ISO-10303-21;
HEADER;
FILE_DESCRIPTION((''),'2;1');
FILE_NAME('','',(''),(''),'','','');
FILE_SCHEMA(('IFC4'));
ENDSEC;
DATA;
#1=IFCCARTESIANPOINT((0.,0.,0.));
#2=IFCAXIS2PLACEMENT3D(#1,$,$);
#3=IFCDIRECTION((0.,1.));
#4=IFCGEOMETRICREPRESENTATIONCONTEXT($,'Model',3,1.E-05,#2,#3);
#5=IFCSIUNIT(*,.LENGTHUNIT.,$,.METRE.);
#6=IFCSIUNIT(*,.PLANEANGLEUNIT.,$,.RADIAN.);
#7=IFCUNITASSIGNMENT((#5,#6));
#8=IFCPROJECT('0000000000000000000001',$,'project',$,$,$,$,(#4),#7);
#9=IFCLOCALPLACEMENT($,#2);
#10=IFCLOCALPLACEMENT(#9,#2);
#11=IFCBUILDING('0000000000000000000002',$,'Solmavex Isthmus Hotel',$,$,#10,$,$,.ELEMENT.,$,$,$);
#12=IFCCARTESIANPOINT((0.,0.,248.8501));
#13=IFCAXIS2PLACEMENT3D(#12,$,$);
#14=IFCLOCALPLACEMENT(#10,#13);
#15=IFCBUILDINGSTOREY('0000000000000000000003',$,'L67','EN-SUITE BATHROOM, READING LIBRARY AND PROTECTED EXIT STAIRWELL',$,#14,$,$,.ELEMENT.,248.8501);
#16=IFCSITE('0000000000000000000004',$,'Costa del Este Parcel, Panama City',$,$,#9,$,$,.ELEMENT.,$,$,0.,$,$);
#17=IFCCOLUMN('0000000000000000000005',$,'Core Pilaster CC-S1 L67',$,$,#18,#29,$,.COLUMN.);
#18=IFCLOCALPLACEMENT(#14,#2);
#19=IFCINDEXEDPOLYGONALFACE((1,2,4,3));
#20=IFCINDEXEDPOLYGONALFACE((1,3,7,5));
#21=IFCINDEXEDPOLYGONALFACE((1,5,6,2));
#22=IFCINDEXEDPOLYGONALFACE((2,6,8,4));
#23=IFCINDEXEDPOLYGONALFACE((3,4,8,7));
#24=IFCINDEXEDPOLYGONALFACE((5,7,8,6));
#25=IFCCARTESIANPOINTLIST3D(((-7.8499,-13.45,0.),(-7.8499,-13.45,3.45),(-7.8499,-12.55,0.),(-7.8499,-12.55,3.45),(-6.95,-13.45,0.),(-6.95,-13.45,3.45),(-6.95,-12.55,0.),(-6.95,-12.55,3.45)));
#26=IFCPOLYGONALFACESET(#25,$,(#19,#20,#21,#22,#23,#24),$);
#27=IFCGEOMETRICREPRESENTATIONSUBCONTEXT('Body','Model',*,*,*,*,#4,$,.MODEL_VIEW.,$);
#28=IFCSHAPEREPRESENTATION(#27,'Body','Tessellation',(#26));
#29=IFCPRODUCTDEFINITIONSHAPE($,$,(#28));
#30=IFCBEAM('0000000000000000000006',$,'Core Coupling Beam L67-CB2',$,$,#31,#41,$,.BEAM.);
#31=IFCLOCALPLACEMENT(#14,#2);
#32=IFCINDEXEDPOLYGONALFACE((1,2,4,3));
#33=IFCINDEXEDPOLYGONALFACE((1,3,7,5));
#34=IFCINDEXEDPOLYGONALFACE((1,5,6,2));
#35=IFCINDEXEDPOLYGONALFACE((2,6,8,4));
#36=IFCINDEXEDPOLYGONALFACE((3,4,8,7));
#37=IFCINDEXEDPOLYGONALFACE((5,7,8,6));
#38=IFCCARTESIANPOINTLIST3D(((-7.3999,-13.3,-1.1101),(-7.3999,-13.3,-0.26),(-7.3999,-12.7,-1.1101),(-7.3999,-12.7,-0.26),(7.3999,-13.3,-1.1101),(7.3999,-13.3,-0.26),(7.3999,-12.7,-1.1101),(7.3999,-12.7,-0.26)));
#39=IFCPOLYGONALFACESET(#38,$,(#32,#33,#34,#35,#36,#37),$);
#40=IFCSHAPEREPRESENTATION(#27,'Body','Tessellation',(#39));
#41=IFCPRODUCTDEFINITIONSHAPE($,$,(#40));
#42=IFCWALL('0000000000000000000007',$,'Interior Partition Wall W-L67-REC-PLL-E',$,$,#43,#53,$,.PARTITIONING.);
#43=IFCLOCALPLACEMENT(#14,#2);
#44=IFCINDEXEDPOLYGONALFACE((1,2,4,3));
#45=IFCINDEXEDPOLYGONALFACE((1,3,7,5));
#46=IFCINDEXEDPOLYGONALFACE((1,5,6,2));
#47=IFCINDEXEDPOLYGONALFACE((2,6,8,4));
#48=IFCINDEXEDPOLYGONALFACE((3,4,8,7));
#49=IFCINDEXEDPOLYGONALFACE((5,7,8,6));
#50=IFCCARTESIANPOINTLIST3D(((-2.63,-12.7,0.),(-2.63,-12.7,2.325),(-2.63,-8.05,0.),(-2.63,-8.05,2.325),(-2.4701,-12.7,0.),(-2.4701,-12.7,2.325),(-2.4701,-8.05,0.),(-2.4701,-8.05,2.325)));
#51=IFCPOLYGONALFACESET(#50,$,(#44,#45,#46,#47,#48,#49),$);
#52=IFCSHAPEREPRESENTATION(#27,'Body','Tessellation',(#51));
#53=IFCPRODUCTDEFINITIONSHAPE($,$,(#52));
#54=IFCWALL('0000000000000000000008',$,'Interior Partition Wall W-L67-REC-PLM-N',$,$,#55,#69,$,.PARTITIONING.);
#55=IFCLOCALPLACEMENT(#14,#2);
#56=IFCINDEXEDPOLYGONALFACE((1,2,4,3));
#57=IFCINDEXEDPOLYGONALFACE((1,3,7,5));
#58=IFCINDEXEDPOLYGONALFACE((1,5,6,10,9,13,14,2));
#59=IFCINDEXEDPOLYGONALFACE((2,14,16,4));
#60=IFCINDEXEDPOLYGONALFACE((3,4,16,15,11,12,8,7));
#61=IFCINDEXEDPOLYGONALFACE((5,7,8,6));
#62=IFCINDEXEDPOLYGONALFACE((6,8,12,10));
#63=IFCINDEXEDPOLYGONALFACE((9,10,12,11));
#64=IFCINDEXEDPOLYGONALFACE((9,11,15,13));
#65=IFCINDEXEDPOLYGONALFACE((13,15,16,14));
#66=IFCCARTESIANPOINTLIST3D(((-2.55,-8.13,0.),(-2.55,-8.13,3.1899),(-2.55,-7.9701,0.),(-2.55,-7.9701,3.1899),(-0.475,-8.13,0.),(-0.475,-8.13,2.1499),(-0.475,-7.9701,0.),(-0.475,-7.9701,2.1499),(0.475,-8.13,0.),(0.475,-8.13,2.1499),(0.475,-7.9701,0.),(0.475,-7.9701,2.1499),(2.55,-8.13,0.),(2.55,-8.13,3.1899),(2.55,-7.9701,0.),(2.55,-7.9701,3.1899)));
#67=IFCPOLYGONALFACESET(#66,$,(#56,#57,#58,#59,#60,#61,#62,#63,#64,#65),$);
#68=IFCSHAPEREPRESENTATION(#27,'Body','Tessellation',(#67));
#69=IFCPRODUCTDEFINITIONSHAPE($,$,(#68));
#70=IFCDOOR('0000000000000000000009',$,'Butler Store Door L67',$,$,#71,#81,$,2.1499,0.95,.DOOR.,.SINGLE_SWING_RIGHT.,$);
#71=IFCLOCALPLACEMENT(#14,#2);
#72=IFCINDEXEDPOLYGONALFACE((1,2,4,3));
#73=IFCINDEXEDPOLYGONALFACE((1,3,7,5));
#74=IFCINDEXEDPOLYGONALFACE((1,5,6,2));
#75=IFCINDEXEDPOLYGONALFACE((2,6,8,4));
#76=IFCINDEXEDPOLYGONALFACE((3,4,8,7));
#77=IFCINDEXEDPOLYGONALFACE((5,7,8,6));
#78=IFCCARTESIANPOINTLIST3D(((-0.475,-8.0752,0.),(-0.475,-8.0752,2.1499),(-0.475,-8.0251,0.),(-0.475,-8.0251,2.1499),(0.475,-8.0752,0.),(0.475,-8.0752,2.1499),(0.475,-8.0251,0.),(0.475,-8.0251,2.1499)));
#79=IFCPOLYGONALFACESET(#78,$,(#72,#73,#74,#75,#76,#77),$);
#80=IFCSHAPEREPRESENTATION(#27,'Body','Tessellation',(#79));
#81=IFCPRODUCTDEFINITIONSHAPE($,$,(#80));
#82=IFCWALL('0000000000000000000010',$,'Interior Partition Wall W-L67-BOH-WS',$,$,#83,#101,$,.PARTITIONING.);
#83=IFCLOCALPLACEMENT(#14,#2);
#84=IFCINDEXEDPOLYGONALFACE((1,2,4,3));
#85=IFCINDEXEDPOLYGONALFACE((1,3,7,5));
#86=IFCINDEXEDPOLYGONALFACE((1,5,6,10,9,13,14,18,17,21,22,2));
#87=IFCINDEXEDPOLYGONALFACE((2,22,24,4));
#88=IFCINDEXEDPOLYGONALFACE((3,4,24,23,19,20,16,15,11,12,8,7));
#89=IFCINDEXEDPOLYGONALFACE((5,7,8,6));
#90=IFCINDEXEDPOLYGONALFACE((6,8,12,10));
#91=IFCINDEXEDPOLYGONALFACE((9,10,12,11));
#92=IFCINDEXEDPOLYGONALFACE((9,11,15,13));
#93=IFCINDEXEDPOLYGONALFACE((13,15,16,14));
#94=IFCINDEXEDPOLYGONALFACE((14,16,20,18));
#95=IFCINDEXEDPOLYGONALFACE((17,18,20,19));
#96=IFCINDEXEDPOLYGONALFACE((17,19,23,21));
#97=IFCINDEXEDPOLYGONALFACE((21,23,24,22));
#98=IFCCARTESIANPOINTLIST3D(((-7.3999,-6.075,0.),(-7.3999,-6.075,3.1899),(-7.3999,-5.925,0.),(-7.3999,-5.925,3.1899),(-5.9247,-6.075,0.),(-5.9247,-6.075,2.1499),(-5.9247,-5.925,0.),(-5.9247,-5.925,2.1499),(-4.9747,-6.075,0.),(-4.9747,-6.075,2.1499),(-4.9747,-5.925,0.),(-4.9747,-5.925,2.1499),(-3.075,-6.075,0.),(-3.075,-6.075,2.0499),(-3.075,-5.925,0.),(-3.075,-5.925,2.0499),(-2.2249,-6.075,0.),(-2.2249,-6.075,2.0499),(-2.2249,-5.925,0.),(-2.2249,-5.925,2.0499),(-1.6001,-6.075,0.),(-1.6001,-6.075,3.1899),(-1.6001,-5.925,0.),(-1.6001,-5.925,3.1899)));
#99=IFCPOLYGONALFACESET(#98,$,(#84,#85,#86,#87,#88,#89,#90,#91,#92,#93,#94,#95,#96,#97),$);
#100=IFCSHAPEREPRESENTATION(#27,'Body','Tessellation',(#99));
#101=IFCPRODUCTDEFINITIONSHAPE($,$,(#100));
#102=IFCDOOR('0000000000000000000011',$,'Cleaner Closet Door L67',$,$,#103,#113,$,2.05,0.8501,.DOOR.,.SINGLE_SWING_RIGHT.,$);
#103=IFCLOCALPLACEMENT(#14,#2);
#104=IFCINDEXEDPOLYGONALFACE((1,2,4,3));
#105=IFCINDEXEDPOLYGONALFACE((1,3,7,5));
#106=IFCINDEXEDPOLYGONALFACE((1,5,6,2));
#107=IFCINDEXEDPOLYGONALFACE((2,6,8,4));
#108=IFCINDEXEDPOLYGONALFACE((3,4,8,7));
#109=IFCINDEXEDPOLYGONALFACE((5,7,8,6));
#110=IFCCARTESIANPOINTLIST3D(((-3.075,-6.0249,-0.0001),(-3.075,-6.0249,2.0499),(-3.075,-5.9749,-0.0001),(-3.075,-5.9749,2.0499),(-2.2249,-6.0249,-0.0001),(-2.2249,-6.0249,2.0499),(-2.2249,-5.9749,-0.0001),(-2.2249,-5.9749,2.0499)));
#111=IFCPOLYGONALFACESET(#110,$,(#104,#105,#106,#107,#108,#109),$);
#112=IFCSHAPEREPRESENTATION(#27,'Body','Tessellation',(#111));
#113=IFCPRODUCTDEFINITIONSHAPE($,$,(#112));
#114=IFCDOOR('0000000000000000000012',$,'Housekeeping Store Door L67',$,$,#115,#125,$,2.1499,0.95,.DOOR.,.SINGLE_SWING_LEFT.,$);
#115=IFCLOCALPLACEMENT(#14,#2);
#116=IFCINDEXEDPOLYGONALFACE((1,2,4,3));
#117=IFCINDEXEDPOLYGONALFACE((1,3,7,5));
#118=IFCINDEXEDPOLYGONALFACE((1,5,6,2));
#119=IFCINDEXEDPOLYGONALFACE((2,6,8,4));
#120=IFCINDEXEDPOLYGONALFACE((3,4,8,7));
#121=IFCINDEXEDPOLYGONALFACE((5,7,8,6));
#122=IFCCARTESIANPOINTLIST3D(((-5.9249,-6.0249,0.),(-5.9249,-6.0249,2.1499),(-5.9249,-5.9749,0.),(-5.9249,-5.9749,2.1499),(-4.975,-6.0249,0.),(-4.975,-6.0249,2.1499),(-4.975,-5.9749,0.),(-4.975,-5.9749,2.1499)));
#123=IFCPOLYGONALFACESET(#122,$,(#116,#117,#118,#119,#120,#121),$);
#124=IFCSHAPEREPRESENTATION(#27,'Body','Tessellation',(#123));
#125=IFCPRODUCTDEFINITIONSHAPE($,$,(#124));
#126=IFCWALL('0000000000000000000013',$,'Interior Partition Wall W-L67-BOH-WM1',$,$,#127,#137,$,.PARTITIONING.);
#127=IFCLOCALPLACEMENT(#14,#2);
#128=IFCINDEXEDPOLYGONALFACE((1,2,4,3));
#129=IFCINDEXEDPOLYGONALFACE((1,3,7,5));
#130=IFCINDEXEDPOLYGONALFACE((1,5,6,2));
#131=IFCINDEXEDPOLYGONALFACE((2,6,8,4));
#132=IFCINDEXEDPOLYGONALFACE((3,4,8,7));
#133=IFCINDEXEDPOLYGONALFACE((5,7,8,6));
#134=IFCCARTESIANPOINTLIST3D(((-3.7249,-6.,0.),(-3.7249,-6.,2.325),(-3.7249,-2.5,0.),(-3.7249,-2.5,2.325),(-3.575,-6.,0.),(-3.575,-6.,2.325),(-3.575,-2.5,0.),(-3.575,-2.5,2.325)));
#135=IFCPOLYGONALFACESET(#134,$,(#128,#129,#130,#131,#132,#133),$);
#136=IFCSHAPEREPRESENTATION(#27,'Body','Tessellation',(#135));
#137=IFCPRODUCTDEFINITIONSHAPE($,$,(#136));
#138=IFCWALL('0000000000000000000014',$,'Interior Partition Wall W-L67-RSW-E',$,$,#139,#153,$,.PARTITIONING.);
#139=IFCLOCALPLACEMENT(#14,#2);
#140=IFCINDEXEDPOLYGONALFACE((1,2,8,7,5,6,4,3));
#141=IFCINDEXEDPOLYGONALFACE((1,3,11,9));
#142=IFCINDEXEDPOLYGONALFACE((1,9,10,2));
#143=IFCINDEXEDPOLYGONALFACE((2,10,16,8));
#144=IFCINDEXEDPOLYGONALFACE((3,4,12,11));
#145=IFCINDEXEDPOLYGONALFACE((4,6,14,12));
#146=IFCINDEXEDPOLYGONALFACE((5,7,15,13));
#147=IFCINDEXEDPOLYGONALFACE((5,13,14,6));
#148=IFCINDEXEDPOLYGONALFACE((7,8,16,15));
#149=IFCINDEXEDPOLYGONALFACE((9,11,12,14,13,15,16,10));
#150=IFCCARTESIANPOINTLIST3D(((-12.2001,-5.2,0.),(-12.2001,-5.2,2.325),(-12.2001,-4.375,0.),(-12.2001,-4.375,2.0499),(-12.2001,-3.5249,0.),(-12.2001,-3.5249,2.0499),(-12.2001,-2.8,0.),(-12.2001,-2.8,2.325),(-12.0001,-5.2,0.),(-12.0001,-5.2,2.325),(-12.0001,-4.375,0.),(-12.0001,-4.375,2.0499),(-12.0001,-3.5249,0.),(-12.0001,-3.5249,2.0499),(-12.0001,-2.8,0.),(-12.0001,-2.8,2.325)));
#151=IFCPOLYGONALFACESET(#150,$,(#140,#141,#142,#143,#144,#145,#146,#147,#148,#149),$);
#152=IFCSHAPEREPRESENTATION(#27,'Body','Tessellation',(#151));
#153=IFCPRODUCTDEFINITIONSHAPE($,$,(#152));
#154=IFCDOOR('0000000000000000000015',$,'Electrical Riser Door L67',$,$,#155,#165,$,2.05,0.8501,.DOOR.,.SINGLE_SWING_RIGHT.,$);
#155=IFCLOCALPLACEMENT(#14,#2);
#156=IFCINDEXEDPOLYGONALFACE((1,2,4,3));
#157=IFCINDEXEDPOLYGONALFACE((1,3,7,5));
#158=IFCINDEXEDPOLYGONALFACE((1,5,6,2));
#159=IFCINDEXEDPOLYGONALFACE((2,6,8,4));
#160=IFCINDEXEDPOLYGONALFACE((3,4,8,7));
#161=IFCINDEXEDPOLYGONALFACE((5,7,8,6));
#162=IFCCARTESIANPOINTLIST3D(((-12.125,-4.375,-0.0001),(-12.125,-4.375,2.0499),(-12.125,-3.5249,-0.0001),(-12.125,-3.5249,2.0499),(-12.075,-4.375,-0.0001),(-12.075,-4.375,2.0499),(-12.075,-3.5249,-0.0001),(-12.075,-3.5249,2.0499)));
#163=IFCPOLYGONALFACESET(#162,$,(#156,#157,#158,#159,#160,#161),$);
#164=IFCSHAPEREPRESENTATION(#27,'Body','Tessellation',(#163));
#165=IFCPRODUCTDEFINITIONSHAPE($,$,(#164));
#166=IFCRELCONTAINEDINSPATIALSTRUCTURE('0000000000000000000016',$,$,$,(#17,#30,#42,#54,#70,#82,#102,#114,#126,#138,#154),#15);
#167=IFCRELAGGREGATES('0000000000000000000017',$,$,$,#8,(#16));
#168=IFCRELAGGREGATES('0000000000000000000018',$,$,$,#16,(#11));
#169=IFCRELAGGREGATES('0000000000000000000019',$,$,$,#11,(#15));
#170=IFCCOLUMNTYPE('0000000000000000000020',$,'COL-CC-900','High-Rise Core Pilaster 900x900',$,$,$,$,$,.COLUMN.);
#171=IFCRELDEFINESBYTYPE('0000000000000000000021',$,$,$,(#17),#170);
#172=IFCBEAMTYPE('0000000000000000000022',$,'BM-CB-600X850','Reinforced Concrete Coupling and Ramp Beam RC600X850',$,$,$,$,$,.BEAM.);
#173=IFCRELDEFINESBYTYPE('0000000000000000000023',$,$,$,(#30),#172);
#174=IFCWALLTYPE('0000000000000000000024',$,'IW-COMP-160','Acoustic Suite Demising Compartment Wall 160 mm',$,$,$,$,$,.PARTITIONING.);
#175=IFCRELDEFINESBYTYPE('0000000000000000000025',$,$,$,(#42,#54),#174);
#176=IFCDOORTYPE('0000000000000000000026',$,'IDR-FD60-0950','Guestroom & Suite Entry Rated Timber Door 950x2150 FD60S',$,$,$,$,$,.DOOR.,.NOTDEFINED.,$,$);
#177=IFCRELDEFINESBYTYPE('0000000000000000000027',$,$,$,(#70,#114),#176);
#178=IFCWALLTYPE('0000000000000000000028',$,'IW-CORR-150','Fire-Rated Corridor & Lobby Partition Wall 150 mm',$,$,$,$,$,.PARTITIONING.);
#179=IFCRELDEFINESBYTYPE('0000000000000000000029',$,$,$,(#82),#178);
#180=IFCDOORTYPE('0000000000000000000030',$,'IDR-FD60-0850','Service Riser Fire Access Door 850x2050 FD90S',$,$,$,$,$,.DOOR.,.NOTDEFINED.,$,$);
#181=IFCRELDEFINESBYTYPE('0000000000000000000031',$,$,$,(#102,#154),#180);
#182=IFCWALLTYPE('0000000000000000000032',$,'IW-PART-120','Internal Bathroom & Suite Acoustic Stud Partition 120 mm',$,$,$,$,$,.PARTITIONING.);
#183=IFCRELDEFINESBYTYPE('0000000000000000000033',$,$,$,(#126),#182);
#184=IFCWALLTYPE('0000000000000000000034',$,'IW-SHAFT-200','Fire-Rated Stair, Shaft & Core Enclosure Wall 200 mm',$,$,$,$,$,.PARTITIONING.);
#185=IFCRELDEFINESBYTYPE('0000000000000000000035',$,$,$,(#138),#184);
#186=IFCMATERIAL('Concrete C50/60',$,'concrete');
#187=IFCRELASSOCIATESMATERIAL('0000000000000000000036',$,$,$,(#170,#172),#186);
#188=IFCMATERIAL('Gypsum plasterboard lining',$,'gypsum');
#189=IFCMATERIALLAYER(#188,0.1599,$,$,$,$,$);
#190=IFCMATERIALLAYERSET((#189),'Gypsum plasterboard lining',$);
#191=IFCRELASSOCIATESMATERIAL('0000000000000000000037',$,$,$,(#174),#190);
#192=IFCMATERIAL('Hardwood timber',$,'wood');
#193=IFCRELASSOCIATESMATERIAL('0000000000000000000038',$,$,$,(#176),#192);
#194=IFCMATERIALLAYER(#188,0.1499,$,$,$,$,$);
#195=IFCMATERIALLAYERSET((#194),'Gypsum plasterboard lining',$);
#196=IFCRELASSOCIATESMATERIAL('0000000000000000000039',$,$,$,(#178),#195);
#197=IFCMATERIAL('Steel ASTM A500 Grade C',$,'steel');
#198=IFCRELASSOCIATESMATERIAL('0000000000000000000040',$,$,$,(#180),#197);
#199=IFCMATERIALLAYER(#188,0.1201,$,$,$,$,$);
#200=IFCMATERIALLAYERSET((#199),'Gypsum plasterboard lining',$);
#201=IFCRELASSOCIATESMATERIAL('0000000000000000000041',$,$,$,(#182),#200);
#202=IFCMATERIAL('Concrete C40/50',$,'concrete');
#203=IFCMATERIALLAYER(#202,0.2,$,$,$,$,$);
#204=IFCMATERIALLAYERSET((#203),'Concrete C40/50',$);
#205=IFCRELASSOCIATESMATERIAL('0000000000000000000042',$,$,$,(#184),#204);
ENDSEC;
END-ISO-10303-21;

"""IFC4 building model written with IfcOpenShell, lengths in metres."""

from ifc_helpers import new_model, si_unit, direction, frame, frame_2d, origin, origin_2d, place, context, subcontext, project, spatial, rectangle, extrude, material, layer, layer_set, material_profile, profile_set, type_object, element, fill, save


model = new_model("IFC4")

# Units and contexts
model_context = context("Model", 3, precision=1e-05, world=origin(), true_north=direction((0.0, 1.0)))
body_context = subcontext(model_context, "Body", "Model", "MODEL_VIEW")
ifc_project = project(units=[si_unit("LENGTHUNIT", "METRE"), si_unit("PLANEANGLEUNIT", "RADIAN")], contexts=[model_context])

# Site, building, storey
site_placement = place(None, origin())
site = spatial("IfcSite", under=ifc_project, at=site_placement, Name="Costa del Este Parcel, Panama City", CompositionType="ELEMENT", RefElevation=0.0)
building_placement = place(site_placement, origin())
building = spatial("IfcBuilding", under=site, at=building_placement, Name="Solmavex Isthmus Hotel", CompositionType="ELEMENT")
storey_placement = place(building_placement, frame((0.0, 0.0, 248.8501)))
storey = spatial("IfcBuildingStorey", under=building, at=storey_placement, Name="L67", Description="EN-SUITE BATHROOM, READING LIBRARY AND PROTECTED EXIT STAIRWELL", CompositionType="ELEMENT", Elevation=248.8501)

# Column
ifc_material_1 = material(Name="Concrete C50/60", Category="concrete")
ifc_material_profile_1 = material_profile(ifc_material_1, rectangle(XDim=0.8999, YDim=0.8999, at=origin_2d()), Name="RC900X900")
ifc_profile_set_1 = profile_set([ifc_material_profile_1], Name="Concrete C50/60")
column_type = type_object("IfcColumnType", Name="COL-CC-900", Description="High-Rise Core Pilaster 900x900", PredefinedType="COLUMN", material=ifc_profile_set_1)
column_placement = place(storey_placement, frame((-7.3999, -13.0, 0.0), z_axis=(0.0, 0.0, 1.0), x_axis=(1.0, 0.0, 0.0)))
element("IfcColumn", 1, at=column_placement, inside=storey, type_object=column_type, Name="Core Pilaster CC-S1 L67", PredefinedType="COLUMN", context=body_context, shape_type="SweptSolid", body=[
    extrude(rectangle(XDim=0.8999, YDim=0.8999, at=origin_2d()), origin(), (0.0, 0.0, 1.0), 3.45),
])

# Beam
ifc_material_profile_2 = material_profile(ifc_material_1, rectangle(XDim=0.6001, YDim=0.8501, at=origin_2d()), Name="RC600X850")
ifc_profile_set_2 = profile_set([ifc_material_profile_2], Name="Concrete C50/60")
beam_type = type_object("IfcBeamType", Name="BM-CB-600X850", Description="Reinforced Concrete Coupling and Ramp Beam RC600X850", PredefinedType="BEAM", material=ifc_profile_set_2)
beam_placement = place(storey_placement, frame((-7.3999, -13.0, -0.6851), z_axis=(1.0, 0.0, 0.0), x_axis=(0.0, 1.0, 0.0)))
element("IfcBeam", 2, at=beam_placement, inside=storey, type_object=beam_type, Name="Core Coupling Beam L67-CB2", PredefinedType="BEAM", context=body_context, shape_type="SweptSolid", body=[
    extrude(rectangle(XDim=0.6001, YDim=0.8501, at=origin_2d()), origin(), (0.0, 0.0, 1.0), 14.7998),
])

# Shared definitions
ifc_material_2 = material(Name="Gypsum plasterboard lining", Category="gypsum")
ifc_layer_1 = layer(ifc_material_2, 0.1599)
ifc_layer_set_1 = layer_set([ifc_layer_1], Name="Gypsum plasterboard lining")
wall_type_1 = type_object("IfcWallType", Name="IW-COMP-160", Description="Acoustic Suite Demising Compartment Wall 160 mm", PredefinedType="PARTITIONING", material=ifc_layer_set_1)
ifc_material_3 = material(Name="Hardwood timber", Category="wood")
door_type_1 = type_object("IfcDoorType", Name="IDR-FD60-0950", Description="Guestroom & Suite Entry Rated Timber Door 950x2150 FD60S", OperationType="NOTDEFINED", PredefinedType="DOOR", material=ifc_material_3)

# Wall
wall_1_placement = place(storey_placement, frame((-2.55, -12.7, 0.0), z_axis=(0.0, 0.0, 1.0), x_axis=(0.0, 1.0, 0.0)))
element("IfcWall", 3, at=wall_1_placement, inside=storey, type_object=wall_type_1, Name="Interior Partition Wall W-L67-REC-PLL-E", PredefinedType="PARTITIONING", context=body_context, shape_type="SweptSolid", body=[
    extrude(rectangle(XDim=4.6499, YDim=0.1599, at=frame_2d((2.325, 0.0))), origin(), (0.0, 0.0, 1.0), 2.325),
])

# Wall, opening, door
wall_2_placement = place(storey_placement, frame((-2.55, -8.05, 0.0), z_axis=(0.0, 0.0, 1.0), x_axis=(1.0, 0.0, 0.0)))
wall_2 = element("IfcWall", 4, at=wall_2_placement, inside=storey, type_object=wall_type_1, Name="Interior Partition Wall W-L67-REC-PLM-N", PredefinedType="PARTITIONING", context=body_context, shape_type="SweptSolid", body=[
    extrude(rectangle(XDim=5.1001, YDim=0.1599, at=frame_2d((2.55, 0.0))), origin(), (0.0, 0.0, 1.0), 3.1899),
])
opening_1_placement = place(wall_2_placement, frame((2.075, 0.0, 0.0)))
opening_1 = element("IfcOpeningElement", 5, at=opening_1_placement, cuts=wall_2, PredefinedType="OPENING", context=body_context, shape_type="SweptSolid", body=[
    extrude(rectangle(XDim=0.95, YDim=2.1499, at=frame_2d((0.4751, 1.075))), frame((0.0, 0.0898, 0.0), z_axis=(0.0, -1.0, 0.0), x_axis=(1.0, 0.0, 0.0)), (0.0, 0.0, 1.0), 0.1799),
])
door_1_placement = place(opening_1_placement, origin())
door_1 = element("IfcDoor", 6, at=door_1_placement, inside=storey, type_object=door_type_1, Name="Butler Store Door L67", OperationType="SINGLE_SWING_RIGHT", OverallHeight=2.1499, OverallWidth=0.95, PredefinedType="DOOR", context=body_context, shape_type="SweptSolid", body=[
    extrude(rectangle(XDim=0.95, YDim=2.1499, at=frame_2d((0.4751, 1.075))), frame((0.0, 0.0249, 0.0), z_axis=(0.0, -1.0, 0.0), x_axis=(1.0, 0.0, 0.0)), (0.0, 0.0, 1.0), 0.05),
])
fill(opening_1, door_1)

# Wall, openings, doors
ifc_layer_2 = layer(ifc_material_2, 0.1499)
ifc_layer_set_2 = layer_set([ifc_layer_2], Name="Gypsum plasterboard lining")
wall_type_2 = type_object("IfcWallType", Name="IW-CORR-150", Description="Fire-Rated Corridor & Lobby Partition Wall 150 mm", PredefinedType="PARTITIONING", material=ifc_layer_set_2)
wall_3_placement = place(storey_placement, frame((-7.3999, -6.0, 0.0), z_axis=(0.0, 0.0, 1.0), x_axis=(1.0, 0.0, 0.0)))
wall_3 = element("IfcWall", 7, at=wall_3_placement, inside=storey, type_object=wall_type_2, Name="Interior Partition Wall W-L67-BOH-WS", PredefinedType="PARTITIONING", context=body_context, shape_type="SweptSolid", body=[
    extrude(rectangle(XDim=5.7998, YDim=0.1499, at=frame_2d((2.8999, 0.0))), origin(), (0.0, 0.0, 1.0), 3.1899),
])
opening_2_placement = place(wall_3_placement, frame((1.4751, 0.0, 0.0)))
opening_2 = element("IfcOpeningElement", 8, at=opening_2_placement, cuts=wall_3, PredefinedType="OPENING", context=body_context, shape_type="SweptSolid", body=[
    extrude(rectangle(XDim=0.95, YDim=2.1499, at=frame_2d((0.4751, 1.075))), frame((0.0, 0.085, 0.0), z_axis=(0.0, -1.0, 0.0), x_axis=(1.0, 0.0, 0.0)), (0.0, 0.0, 1.0), 0.1699),
])
opening_3_placement = place(wall_3_placement, frame((4.325, 0.0, 0.0)))
opening_3 = element("IfcOpeningElement", 9, at=opening_3_placement, cuts=wall_3, PredefinedType="OPENING", context=body_context, shape_type="SweptSolid", body=[
    extrude(rectangle(XDim=0.8501, YDim=2.05, at=frame_2d((0.425, 1.0249))), frame((0.0, 0.085, 0.0), z_axis=(0.0, -1.0, 0.0), x_axis=(1.0, 0.0, 0.0)), (0.0, 0.0, 1.0), 0.1699),
])
ifc_material_4 = material(Name="Steel ASTM A500 Grade C", Category="steel")
door_type_2 = type_object("IfcDoorType", Name="IDR-FD60-0850", Description="Service Riser Fire Access Door 850x2050 FD90S", OperationType="NOTDEFINED", PredefinedType="DOOR", material=ifc_material_4)
door_2_placement = place(opening_3_placement, frame((0.8501, 0.0, 0.0), z_axis=(0.0, 0.0, 1.0), x_axis=(-1.0, 0.0, 0.0)))
door_2 = element("IfcDoor", 10, at=door_2_placement, inside=storey, type_object=door_type_2, Name="Cleaner Closet Door L67", OperationType="SINGLE_SWING_RIGHT", OverallHeight=2.05, OverallWidth=0.8501, PredefinedType="DOOR", context=body_context, shape_type="SweptSolid", body=[
    extrude(rectangle(XDim=0.8501, YDim=2.05, at=frame_2d((0.425, 1.0249))), frame((0.0, 0.0249, 0.0), z_axis=(0.0, -1.0, 0.0), x_axis=(1.0, 0.0, 0.0)), (0.0, 0.0, 1.0), 0.05),
])
fill(opening_3, door_2)
door_3_placement = place(opening_2_placement, frame((0.95, 0.0, 0.0), z_axis=(0.0, 0.0, 1.0), x_axis=(-1.0, 0.0, 0.0)))
door_3 = element("IfcDoor", 11, at=door_3_placement, inside=storey, type_object=door_type_1, Name="Housekeeping Store Door L67", OperationType="SINGLE_SWING_LEFT", OverallHeight=2.1499, OverallWidth=0.95, PredefinedType="DOOR", context=body_context, shape_type="SweptSolid", body=[
    extrude(rectangle(XDim=0.95, YDim=2.1499, at=frame_2d((0.4751, 1.075))), frame((0.0, 0.0249, 0.0), z_axis=(0.0, -1.0, 0.0), x_axis=(1.0, 0.0, 0.0)), (0.0, 0.0, 1.0), 0.05),
])
fill(opening_2, door_3)

# Wall
ifc_layer_3 = layer(ifc_material_2, 0.1201)
ifc_layer_set_3 = layer_set([ifc_layer_3], Name="Gypsum plasterboard lining")
wall_type_3 = type_object("IfcWallType", Name="IW-PART-120", Description="Internal Bathroom & Suite Acoustic Stud Partition 120 mm", PredefinedType="PARTITIONING", material=ifc_layer_set_3)
wall_4_placement = place(storey_placement, frame((-3.6499, -6.0, 0.0), z_axis=(0.0, 0.0, 1.0), x_axis=(0.0, 1.0, 0.0)))
element("IfcWall", 12, at=wall_4_placement, inside=storey, type_object=wall_type_3, Name="Interior Partition Wall W-L67-BOH-WM1", PredefinedType="PARTITIONING", context=body_context, shape_type="SweptSolid", body=[
    extrude(rectangle(XDim=3.5, YDim=0.1499, at=frame_2d((1.75, 0.0))), origin(), (0.0, 0.0, 1.0), 2.325),
])

# Wall, opening, door
ifc_material_5 = material(Name="Concrete C40/50", Category="concrete")
ifc_layer_4 = layer(ifc_material_5, 0.2)
ifc_layer_set_4 = layer_set([ifc_layer_4], Name="Concrete C40/50")
wall_type_4 = type_object("IfcWallType", Name="IW-SHAFT-200", Description="Fire-Rated Stair, Shaft & Core Enclosure Wall 200 mm", PredefinedType="PARTITIONING", material=ifc_layer_set_4)
wall_5_placement = place(storey_placement, frame((-12.1001, -5.2, 0.0), z_axis=(0.0, 0.0, 1.0), x_axis=(0.0, 1.0, 0.0)))
wall_5 = element("IfcWall", 13, at=wall_5_placement, inside=storey, type_object=wall_type_4, Name="Interior Partition Wall W-L67-RSW-E", PredefinedType="PARTITIONING", context=body_context, shape_type="SweptSolid", body=[
    extrude(rectangle(XDim=2.3999, YDim=0.2, at=frame_2d((1.2, 0.0))), origin(), (0.0, 0.0, 1.0), 2.325),
])
opening_4_placement = place(wall_5_placement, frame((0.825, 0.0, 0.0)))
opening_4 = element("IfcOpeningElement", 14, at=opening_4_placement, cuts=wall_5, PredefinedType="OPENING", context=body_context, shape_type="SweptSolid", body=[
    extrude(rectangle(XDim=0.8501, YDim=2.05, at=frame_2d((0.425, 1.0249))), frame((0.0, 0.1099, 0.0), z_axis=(0.0, -1.0, 0.0), x_axis=(1.0, 0.0, 0.0)), (0.0, 0.0, 1.0), 0.22),
])
door_4_placement = place(opening_4_placement, origin())
door_4 = element("IfcDoor", 15, at=door_4_placement, inside=storey, type_object=door_type_2, Name="Electrical Riser Door L67", OperationType="SINGLE_SWING_RIGHT", OverallHeight=2.05, OverallWidth=0.8501, PredefinedType="DOOR", context=body_context, shape_type="SweptSolid", body=[
    extrude(rectangle(XDim=0.8501, YDim=2.05, at=frame_2d((0.425, 1.0249))), frame((0.0, 0.0249, 0.0), z_axis=(0.0, -1.0, 0.0), x_axis=(1.0, 0.0, 0.0)), (0.0, 0.0, 1.0), 0.05),
])
fill(opening_4, door_4)

save(model, "model.ifc")
